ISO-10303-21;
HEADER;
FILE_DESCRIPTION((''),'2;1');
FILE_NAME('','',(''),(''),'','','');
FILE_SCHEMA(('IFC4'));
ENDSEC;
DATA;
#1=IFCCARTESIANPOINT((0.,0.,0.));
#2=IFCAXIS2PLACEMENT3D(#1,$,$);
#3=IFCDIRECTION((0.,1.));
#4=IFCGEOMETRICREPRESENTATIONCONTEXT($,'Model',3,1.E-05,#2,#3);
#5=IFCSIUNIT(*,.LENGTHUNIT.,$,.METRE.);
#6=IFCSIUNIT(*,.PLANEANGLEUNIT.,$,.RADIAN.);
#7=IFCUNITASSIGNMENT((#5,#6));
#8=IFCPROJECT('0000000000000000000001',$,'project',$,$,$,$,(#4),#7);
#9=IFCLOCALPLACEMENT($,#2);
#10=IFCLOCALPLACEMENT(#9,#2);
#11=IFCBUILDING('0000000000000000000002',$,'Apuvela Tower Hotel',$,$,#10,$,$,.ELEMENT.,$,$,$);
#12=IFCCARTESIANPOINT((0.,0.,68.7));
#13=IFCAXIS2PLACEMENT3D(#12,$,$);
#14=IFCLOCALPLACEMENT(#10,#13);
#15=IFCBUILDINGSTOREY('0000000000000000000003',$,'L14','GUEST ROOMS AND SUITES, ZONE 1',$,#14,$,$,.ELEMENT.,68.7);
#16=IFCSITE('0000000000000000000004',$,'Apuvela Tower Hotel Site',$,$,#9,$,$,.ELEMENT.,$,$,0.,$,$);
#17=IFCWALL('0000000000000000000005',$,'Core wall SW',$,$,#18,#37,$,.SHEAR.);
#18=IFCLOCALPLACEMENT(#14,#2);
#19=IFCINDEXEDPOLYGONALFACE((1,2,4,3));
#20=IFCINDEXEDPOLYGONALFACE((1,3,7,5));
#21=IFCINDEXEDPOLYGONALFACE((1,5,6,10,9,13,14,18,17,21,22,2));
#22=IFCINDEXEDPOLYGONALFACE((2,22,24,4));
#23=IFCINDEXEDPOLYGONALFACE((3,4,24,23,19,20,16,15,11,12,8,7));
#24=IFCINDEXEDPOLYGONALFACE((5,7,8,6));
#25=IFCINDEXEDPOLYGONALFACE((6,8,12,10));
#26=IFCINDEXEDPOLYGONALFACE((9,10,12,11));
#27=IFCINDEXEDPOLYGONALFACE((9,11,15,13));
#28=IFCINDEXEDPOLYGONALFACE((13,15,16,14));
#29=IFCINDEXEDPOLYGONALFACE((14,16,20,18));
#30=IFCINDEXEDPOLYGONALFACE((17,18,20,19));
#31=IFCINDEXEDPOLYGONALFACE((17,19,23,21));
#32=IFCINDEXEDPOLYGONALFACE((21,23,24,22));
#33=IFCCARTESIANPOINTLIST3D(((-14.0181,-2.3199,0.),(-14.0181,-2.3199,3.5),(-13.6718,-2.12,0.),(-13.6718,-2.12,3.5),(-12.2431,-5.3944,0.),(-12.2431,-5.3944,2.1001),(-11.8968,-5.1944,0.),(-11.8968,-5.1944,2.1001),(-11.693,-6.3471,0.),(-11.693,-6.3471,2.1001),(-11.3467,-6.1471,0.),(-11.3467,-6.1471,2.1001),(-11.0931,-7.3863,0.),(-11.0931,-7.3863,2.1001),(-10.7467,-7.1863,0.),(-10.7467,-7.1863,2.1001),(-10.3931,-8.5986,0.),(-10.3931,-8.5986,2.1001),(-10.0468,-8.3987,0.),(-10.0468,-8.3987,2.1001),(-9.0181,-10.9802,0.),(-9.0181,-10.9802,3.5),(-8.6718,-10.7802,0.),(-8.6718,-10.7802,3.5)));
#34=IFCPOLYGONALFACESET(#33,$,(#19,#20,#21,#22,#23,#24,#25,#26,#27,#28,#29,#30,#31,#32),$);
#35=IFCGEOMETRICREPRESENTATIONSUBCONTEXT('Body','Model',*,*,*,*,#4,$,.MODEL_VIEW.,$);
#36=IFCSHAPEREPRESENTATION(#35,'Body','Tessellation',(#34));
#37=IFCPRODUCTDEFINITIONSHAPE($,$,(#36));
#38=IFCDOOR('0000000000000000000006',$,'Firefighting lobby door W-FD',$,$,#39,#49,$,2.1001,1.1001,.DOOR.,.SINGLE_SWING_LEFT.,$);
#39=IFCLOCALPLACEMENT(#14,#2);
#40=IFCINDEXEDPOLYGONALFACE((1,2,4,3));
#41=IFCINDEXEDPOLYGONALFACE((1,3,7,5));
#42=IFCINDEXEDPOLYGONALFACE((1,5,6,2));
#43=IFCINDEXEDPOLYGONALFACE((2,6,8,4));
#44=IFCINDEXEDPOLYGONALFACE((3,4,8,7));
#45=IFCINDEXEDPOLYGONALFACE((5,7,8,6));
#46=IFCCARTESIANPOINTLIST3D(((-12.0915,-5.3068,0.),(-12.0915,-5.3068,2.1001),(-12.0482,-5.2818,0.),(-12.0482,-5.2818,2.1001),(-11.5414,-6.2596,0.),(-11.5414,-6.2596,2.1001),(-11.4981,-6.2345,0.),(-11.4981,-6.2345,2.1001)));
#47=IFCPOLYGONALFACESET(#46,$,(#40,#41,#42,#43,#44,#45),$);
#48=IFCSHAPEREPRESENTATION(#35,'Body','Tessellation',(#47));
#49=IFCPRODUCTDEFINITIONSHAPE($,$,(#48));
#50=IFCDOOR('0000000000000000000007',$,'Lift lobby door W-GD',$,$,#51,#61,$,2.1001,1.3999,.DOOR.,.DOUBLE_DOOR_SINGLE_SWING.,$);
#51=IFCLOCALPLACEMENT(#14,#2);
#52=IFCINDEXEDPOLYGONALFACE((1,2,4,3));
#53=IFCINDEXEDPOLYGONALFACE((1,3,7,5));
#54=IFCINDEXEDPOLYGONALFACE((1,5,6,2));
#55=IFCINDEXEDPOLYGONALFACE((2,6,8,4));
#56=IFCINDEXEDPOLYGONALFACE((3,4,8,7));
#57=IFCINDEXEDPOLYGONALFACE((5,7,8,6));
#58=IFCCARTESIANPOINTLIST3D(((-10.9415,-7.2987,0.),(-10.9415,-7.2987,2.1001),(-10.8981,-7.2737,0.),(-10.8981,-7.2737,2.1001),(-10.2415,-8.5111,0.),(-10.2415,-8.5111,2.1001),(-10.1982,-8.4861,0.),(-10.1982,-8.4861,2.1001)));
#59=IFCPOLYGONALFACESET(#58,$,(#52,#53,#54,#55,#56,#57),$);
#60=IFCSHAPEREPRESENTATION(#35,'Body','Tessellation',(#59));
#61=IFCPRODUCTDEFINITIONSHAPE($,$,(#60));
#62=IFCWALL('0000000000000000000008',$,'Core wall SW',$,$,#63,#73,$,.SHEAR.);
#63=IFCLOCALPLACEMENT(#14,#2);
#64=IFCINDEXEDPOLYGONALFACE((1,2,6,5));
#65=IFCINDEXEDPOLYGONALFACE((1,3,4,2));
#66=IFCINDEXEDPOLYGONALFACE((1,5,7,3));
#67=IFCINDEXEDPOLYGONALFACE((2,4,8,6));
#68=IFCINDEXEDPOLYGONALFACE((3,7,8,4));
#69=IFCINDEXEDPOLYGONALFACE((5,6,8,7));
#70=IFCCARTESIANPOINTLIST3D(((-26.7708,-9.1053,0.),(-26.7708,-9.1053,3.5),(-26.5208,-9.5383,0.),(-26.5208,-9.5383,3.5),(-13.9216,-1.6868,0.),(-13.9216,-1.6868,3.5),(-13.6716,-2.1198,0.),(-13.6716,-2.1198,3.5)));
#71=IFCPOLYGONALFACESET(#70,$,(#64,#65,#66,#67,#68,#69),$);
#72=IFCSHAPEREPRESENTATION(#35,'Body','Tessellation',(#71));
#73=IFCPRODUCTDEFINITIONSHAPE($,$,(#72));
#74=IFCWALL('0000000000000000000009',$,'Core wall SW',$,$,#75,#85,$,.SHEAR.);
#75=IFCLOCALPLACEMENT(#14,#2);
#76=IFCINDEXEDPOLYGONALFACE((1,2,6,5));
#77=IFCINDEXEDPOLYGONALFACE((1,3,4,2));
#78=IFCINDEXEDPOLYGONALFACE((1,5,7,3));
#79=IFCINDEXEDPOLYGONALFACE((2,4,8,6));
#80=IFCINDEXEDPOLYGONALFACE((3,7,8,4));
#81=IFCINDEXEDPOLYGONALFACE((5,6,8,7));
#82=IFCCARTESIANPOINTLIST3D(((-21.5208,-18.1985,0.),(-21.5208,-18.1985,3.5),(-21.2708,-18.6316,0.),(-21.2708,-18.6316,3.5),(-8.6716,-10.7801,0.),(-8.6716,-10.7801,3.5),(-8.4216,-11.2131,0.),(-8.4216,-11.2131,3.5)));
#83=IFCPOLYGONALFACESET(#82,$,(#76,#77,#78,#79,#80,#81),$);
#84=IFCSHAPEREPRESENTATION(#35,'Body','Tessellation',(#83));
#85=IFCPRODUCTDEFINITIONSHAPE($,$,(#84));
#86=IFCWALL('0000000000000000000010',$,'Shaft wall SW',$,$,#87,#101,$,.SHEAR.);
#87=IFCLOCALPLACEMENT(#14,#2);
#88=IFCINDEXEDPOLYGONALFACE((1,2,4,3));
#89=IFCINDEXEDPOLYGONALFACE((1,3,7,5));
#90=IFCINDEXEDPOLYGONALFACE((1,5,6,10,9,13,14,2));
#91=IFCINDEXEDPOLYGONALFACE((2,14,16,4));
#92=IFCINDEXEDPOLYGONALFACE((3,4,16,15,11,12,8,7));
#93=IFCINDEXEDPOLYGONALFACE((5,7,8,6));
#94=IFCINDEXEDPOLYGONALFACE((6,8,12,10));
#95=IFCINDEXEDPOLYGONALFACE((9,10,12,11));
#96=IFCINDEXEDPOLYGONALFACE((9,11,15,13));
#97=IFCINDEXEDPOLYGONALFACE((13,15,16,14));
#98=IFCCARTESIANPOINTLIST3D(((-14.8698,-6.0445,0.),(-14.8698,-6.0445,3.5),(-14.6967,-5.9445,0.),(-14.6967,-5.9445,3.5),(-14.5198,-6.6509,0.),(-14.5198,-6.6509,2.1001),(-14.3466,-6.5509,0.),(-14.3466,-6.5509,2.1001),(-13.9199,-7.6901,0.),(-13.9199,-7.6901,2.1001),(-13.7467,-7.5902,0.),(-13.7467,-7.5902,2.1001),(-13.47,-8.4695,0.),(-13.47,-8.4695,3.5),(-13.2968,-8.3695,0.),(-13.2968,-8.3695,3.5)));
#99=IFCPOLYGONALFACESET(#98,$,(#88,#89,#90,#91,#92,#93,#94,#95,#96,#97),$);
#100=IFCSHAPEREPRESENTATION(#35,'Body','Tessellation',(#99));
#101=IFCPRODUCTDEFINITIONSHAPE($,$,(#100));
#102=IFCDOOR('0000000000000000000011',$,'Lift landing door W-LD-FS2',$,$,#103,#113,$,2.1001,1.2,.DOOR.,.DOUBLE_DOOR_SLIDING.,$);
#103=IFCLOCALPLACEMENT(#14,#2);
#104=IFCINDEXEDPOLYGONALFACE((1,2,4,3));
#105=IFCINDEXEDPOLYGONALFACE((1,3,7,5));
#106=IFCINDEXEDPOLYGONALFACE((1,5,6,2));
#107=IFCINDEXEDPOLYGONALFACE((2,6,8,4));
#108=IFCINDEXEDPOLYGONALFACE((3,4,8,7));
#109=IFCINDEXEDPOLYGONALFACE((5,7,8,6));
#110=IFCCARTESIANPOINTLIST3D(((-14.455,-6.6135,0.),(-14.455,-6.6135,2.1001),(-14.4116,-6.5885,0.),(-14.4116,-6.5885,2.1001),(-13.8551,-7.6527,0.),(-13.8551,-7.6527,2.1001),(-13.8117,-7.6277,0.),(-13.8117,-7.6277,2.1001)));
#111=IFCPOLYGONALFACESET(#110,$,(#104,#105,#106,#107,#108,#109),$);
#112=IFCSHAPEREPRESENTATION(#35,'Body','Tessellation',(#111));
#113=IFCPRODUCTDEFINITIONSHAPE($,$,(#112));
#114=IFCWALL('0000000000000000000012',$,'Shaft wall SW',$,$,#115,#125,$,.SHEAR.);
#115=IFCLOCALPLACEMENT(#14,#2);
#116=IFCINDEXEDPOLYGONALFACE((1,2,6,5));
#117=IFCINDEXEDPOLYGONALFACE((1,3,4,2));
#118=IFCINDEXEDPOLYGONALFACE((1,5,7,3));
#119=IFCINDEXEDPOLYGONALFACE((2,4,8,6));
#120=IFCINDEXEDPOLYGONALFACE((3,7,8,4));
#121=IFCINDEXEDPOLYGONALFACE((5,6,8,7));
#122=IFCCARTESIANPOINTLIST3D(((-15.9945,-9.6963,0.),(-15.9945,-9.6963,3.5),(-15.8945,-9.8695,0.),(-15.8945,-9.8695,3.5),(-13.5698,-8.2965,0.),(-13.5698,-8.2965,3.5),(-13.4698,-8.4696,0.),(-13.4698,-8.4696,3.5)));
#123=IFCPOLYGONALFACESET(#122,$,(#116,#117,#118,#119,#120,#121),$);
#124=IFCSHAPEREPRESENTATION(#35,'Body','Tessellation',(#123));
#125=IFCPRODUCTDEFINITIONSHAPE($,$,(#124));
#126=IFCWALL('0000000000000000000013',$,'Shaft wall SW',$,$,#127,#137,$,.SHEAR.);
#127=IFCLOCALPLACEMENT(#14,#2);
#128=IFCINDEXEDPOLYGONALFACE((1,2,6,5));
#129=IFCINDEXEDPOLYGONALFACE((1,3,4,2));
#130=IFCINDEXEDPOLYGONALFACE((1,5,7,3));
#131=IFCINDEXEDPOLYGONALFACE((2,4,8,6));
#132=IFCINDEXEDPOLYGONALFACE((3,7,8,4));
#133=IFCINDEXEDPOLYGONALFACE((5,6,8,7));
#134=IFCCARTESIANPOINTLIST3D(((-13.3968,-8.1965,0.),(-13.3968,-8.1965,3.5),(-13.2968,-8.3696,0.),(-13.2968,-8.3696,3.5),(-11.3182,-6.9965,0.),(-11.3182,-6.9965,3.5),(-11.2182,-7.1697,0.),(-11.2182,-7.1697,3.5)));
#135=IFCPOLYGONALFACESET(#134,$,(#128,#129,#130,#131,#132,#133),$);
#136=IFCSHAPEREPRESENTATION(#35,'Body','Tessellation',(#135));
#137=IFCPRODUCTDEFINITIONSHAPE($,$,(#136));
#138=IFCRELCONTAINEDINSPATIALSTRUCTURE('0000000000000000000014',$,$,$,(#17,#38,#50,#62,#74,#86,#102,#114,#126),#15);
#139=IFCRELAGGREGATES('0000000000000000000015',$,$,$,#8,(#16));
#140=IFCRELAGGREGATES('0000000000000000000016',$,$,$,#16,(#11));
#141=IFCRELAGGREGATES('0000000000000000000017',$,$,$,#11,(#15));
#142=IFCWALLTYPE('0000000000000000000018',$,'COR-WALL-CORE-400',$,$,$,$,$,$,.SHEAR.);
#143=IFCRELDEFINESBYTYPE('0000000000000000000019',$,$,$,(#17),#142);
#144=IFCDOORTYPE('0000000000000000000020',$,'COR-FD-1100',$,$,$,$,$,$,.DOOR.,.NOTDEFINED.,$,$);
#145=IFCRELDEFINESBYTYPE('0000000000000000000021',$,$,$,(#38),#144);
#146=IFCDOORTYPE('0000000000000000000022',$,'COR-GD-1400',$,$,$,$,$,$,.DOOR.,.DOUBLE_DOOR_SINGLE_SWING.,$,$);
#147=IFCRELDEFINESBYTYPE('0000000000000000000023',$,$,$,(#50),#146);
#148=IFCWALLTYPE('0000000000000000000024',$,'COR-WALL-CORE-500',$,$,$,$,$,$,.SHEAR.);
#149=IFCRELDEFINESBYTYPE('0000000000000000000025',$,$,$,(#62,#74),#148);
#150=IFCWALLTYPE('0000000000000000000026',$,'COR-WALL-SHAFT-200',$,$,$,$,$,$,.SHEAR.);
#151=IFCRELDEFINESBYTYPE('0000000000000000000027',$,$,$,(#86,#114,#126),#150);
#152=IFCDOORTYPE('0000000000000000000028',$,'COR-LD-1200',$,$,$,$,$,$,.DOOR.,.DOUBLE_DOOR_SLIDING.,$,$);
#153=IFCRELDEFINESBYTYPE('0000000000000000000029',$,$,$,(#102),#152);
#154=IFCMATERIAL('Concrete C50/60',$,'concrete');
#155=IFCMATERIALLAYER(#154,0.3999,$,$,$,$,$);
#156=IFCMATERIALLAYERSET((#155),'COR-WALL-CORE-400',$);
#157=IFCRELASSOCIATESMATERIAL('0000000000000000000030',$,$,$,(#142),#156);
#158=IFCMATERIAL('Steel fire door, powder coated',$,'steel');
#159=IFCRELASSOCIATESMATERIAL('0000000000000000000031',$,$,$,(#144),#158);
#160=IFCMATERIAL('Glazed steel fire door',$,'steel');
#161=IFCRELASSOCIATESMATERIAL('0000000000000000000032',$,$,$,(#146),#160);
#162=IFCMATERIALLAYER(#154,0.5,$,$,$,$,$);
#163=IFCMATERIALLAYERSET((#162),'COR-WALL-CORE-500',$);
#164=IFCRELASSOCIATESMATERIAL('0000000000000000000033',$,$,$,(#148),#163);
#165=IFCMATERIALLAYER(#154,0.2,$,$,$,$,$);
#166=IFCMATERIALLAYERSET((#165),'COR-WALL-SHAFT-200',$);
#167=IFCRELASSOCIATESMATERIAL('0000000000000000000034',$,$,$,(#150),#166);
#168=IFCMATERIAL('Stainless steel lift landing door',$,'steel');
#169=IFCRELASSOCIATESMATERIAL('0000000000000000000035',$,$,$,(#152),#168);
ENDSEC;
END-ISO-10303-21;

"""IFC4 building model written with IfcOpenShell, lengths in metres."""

from ifc_helpers import new_model, si_unit, direction, frame, frame_2d, origin, place, context, subcontext, project, spatial, rectangle, extrude, material, layer, layer_set, type_object, element, fill, save


model = new_model("IFC4")

# Units and contexts
model_context = context("Model", 3, precision=1e-05, world=origin(), true_north=direction((0.0, 1.0)))
body_context = subcontext(model_context, "Body", "Model", "MODEL_VIEW")
ifc_project = project(units=[si_unit("LENGTHUNIT", "METRE"), si_unit("PLANEANGLEUNIT", "RADIAN")], contexts=[model_context])

# Site, building, storey
site_placement = place(None, origin())
site = spatial("IfcSite", under=ifc_project, at=site_placement, Name="Apuvela Tower Hotel Site", CompositionType="ELEMENT", RefElevation=0.0)
building_placement = place(site_placement, origin())
building = spatial("IfcBuilding", under=site, at=building_placement, Name="Apuvela Tower Hotel", CompositionType="ELEMENT")
storey_placement = place(building_placement, frame((0.0, 0.0, 68.7)))
storey = spatial("IfcBuildingStorey", under=building, at=storey_placement, Name="L14", Description="GUEST ROOMS AND SUITES, ZONE 1", CompositionType="ELEMENT", Elevation=68.7)

# Wall, openings, doors
ifc_material_1 = material(Name="Concrete C50/60", Category="concrete")
ifc_layer_1 = layer(ifc_material_1, 0.3999)
ifc_layer_set_1 = layer_set([ifc_layer_1], Name="COR-WALL-CORE-400")
wall_type_1 = type_object("IfcWallType", Name="COR-WALL-CORE-400", PredefinedType="SHEAR", material=ifc_layer_set_1)
wall_1_placement = place(storey_placement, frame((-13.845, -2.22, 0.0), z_axis=(0.0, 0.0, 1.0), x_axis=(0.500004, -0.866023, 0.0)))
wall_1 = element("IfcWall", 1, at=wall_1_placement, inside=storey, type_object=wall_type_1, Name="Core wall SW", PredefinedType="SHEAR", context=body_context, shape_type="SweptSolid", body=[
    extrude(rectangle(XDim=10.0, YDim=0.3999, at=frame_2d((5.0, 0.0))), origin(), (0.0, 0.0, 1.0), 3.5),
])
opening_1_placement = place(wall_1_placement, frame((3.55, 0.0, 0.0)))
opening_1 = element("IfcOpeningElement", 2, at=opening_1_placement, cuts=wall_1, PredefinedType="OPENING", context=body_context, shape_type="SweptSolid", body=[
    extrude(rectangle(XDim=1.1001, YDim=2.1001, at=frame_2d((0.55, 1.05))), frame((0.0, 0.21, 0.0), z_axis=(0.0, -1.0, 0.0), x_axis=(1.0, 0.0, 0.0)), (0.0, 0.0, 1.0), 0.4199),
])
opening_2_placement = place(wall_1_placement, frame((5.8501, 0.0, 0.0)))
opening_2 = element("IfcOpeningElement", 3, at=opening_2_placement, cuts=wall_1, PredefinedType="OPENING", context=body_context, shape_type="SweptSolid", body=[
    extrude(rectangle(XDim=1.3999, YDim=2.1001, at=frame_2d((0.7, 1.05))), frame((0.0, 0.21, 0.0), z_axis=(0.0, -1.0, 0.0), x_axis=(1.0, 0.0, 0.0)), (0.0, 0.0, 1.0), 0.4199),
])
ifc_material_2 = material(Name="Steel fire door, powder coated", Category="steel")
door_type_1 = type_object("IfcDoorType", Name="COR-FD-1100", OperationType="NOTDEFINED", PredefinedType="DOOR", material=ifc_material_2)
door_1_placement = place(opening_1_placement, frame((1.1001, 0.0, 0.0), z_axis=(0.0, 0.0, 1.0), x_axis=(-1.0, 0.0, 0.0)))
door_1 = element("IfcDoor", 4, at=door_1_placement, inside=storey, type_object=door_type_1, Name="Firefighting lobby door W-FD", OperationType="SINGLE_SWING_LEFT", OverallHeight=2.1001, OverallWidth=1.1001, PredefinedType="DOOR", context=body_context, shape_type="SweptSolid", body=[
    extrude(rectangle(XDim=1.1001, YDim=2.1001, at=frame_2d((0.55, 1.05))), frame((0.0, 0.0249, 0.0), z_axis=(0.0, -1.0, 0.0), x_axis=(1.0, 0.0, 0.0)), (0.0, 0.0, 1.0), 0.05),
])
fill(opening_1, door_1)
ifc_material_3 = material(Name="Glazed steel fire door", Category="steel")
door_type_2 = type_object("IfcDoorType", Name="COR-GD-1400", OperationType="DOUBLE_DOOR_SINGLE_SWING", PredefinedType="DOOR", material=ifc_material_3)
door_2_placement = place(opening_2_placement, frame((1.3999, 0.0, 0.0), z_axis=(0.0, 0.0, 1.0), x_axis=(-1.0, 0.0, 0.0)))
door_2 = element("IfcDoor", 5, at=door_2_placement, inside=storey, type_object=door_type_2, Name="Lift lobby door W-GD", OperationType="DOUBLE_DOOR_SINGLE_SWING", OverallHeight=2.1001, OverallWidth=1.3999, PredefinedType="DOOR", context=body_context, shape_type="SweptSolid", body=[
    extrude(rectangle(XDim=1.3999, YDim=2.1001, at=frame_2d((0.7, 1.05))), frame((0.0, 0.0249, 0.0), z_axis=(0.0, -1.0, 0.0), x_axis=(1.0, 0.0, 0.0)), (0.0, 0.0, 1.0), 0.05),
])
fill(opening_2, door_2)

# Walls
ifc_layer_2 = layer(ifc_material_1, 0.5)
ifc_layer_set_2 = layer_set([ifc_layer_2], Name="COR-WALL-CORE-500")
wall_type_2 = type_object("IfcWallType", Name="COR-WALL-CORE-500", PredefinedType="SHEAR", material=ifc_layer_set_2)
for number, where, z_axis, x_axis, name in (
    (6, (-13.7966, -1.9033, 0.0), (0.0, 0.0, 1.0), (-0.866025, -0.500001, 0.0), "Core wall SW"),
    (7, (-8.5466, -10.9966, 0.0), (0.0, 0.0, 1.0), (-0.866025, -0.500001, 0.0), "Core wall SW"),
):
    element("IfcWall", number, at=place(storey_placement, frame(where, z_axis=z_axis, x_axis=x_axis)), inside=storey, type_object=wall_type_2, Name=name, PredefinedType="SHEAR", context=body_context, shape_type="SweptSolid", body=[
        extrude(rectangle(XDim=14.8369, YDim=0.5, at=frame_2d((7.4185, 0.0))), origin(), (0.0, 0.0, 1.0), 3.5),
    ])

# Wall, opening, door
ifc_layer_3 = layer(ifc_material_1, 0.2)
ifc_layer_set_3 = layer_set([ifc_layer_3], Name="COR-WALL-SHAFT-200")
wall_type_3 = type_object("IfcWallType", Name="COR-WALL-SHAFT-200", PredefinedType="SHEAR", material=ifc_layer_set_3)
wall_2_placement = place(storey_placement, frame((-14.7832, -5.9946, 0.0), z_axis=(0.0, 0.0, 1.0), x_axis=(0.499946, -0.866056, 0.0)))
wall_2 = element("IfcWall", 8, at=wall_2_placement, inside=storey, type_object=wall_type_3, Name="Shaft wall SW", PredefinedType="SHEAR", context=body_context, shape_type="SweptSolid", body=[
    extrude(rectangle(XDim=2.8, YDim=0.2, at=frame_2d((1.3999, 0.0))), origin(), (0.0, 0.0, 1.0), 3.5),
])
opening_3_placement = place(wall_2_placement, frame((0.7, 0.0, 0.0)))
opening_3 = element("IfcOpeningElement", 9, at=opening_3_placement, cuts=wall_2, PredefinedType="OPENING", context=body_context, shape_type="SweptSolid", body=[
    extrude(rectangle(XDim=1.2, YDim=2.1001, at=frame_2d((0.6001, 1.05))), frame((0.0, 0.1099, 0.0), z_axis=(0.0, -1.0, 0.0), x_axis=(1.0, 0.0, 0.0)), (0.0, 0.0, 1.0), 0.22),
])
ifc_material_4 = material(Name="Stainless steel lift landing door", Category="steel")
door_type_3 = type_object("IfcDoorType", Name="COR-LD-1200", OperationType="DOUBLE_DOOR_SLIDING", PredefinedType="DOOR", material=ifc_material_4)
door_3_placement = place(opening_3_placement, origin())
door_3 = element("IfcDoor", 10, at=door_3_placement, inside=storey, type_object=door_type_3, Name="Lift landing door W-LD-FS2", OperationType="DOUBLE_DOOR_SLIDING", OverallHeight=2.1001, OverallWidth=1.2, PredefinedType="DOOR", context=body_context, shape_type="SweptSolid", body=[
    extrude(rectangle(XDim=1.2, YDim=2.1001, at=frame_2d((0.6001, 1.05))), frame((0.0, 0.0249, 0.0), z_axis=(0.0, -1.0, 0.0), x_axis=(1.0, 0.0, 0.0)), (0.0, 0.0, 1.0), 0.05),
])
fill(opening_3, door_3)

# Walls
wall_3_placement = place(storey_placement, frame((-13.5198, -8.3831, 0.0), z_axis=(0.0, 0.0, 1.0), x_axis=(-0.866035, -0.499984, 0.0)))
element("IfcWall", 11, at=wall_3_placement, inside=storey, type_object=wall_type_3, Name="Shaft wall SW", PredefinedType="SHEAR", context=body_context, shape_type="SweptSolid", body=[
    extrude(rectangle(XDim=2.7998, YDim=0.2, at=frame_2d((1.3999, 0.0))), origin(), (0.0, 0.0, 1.0), 3.5),
])
wall_4_placement = place(storey_placement, frame((-11.2681, -7.083, 0.0), z_axis=(0.0, 0.0, 1.0), x_axis=(-0.86605, -0.499957, 0.0)))
element("IfcWall", 12, at=wall_4_placement, inside=storey, type_object=wall_type_3, Name="Shaft wall SW", PredefinedType="SHEAR", context=body_context, shape_type="SweptSolid", body=[
    extrude(rectangle(XDim=2.4001, YDim=0.2, at=frame_2d((1.2002, 0.0))), origin(), (0.0, 0.0, 1.0), 3.5),
])

save(model, "model.ifc")
